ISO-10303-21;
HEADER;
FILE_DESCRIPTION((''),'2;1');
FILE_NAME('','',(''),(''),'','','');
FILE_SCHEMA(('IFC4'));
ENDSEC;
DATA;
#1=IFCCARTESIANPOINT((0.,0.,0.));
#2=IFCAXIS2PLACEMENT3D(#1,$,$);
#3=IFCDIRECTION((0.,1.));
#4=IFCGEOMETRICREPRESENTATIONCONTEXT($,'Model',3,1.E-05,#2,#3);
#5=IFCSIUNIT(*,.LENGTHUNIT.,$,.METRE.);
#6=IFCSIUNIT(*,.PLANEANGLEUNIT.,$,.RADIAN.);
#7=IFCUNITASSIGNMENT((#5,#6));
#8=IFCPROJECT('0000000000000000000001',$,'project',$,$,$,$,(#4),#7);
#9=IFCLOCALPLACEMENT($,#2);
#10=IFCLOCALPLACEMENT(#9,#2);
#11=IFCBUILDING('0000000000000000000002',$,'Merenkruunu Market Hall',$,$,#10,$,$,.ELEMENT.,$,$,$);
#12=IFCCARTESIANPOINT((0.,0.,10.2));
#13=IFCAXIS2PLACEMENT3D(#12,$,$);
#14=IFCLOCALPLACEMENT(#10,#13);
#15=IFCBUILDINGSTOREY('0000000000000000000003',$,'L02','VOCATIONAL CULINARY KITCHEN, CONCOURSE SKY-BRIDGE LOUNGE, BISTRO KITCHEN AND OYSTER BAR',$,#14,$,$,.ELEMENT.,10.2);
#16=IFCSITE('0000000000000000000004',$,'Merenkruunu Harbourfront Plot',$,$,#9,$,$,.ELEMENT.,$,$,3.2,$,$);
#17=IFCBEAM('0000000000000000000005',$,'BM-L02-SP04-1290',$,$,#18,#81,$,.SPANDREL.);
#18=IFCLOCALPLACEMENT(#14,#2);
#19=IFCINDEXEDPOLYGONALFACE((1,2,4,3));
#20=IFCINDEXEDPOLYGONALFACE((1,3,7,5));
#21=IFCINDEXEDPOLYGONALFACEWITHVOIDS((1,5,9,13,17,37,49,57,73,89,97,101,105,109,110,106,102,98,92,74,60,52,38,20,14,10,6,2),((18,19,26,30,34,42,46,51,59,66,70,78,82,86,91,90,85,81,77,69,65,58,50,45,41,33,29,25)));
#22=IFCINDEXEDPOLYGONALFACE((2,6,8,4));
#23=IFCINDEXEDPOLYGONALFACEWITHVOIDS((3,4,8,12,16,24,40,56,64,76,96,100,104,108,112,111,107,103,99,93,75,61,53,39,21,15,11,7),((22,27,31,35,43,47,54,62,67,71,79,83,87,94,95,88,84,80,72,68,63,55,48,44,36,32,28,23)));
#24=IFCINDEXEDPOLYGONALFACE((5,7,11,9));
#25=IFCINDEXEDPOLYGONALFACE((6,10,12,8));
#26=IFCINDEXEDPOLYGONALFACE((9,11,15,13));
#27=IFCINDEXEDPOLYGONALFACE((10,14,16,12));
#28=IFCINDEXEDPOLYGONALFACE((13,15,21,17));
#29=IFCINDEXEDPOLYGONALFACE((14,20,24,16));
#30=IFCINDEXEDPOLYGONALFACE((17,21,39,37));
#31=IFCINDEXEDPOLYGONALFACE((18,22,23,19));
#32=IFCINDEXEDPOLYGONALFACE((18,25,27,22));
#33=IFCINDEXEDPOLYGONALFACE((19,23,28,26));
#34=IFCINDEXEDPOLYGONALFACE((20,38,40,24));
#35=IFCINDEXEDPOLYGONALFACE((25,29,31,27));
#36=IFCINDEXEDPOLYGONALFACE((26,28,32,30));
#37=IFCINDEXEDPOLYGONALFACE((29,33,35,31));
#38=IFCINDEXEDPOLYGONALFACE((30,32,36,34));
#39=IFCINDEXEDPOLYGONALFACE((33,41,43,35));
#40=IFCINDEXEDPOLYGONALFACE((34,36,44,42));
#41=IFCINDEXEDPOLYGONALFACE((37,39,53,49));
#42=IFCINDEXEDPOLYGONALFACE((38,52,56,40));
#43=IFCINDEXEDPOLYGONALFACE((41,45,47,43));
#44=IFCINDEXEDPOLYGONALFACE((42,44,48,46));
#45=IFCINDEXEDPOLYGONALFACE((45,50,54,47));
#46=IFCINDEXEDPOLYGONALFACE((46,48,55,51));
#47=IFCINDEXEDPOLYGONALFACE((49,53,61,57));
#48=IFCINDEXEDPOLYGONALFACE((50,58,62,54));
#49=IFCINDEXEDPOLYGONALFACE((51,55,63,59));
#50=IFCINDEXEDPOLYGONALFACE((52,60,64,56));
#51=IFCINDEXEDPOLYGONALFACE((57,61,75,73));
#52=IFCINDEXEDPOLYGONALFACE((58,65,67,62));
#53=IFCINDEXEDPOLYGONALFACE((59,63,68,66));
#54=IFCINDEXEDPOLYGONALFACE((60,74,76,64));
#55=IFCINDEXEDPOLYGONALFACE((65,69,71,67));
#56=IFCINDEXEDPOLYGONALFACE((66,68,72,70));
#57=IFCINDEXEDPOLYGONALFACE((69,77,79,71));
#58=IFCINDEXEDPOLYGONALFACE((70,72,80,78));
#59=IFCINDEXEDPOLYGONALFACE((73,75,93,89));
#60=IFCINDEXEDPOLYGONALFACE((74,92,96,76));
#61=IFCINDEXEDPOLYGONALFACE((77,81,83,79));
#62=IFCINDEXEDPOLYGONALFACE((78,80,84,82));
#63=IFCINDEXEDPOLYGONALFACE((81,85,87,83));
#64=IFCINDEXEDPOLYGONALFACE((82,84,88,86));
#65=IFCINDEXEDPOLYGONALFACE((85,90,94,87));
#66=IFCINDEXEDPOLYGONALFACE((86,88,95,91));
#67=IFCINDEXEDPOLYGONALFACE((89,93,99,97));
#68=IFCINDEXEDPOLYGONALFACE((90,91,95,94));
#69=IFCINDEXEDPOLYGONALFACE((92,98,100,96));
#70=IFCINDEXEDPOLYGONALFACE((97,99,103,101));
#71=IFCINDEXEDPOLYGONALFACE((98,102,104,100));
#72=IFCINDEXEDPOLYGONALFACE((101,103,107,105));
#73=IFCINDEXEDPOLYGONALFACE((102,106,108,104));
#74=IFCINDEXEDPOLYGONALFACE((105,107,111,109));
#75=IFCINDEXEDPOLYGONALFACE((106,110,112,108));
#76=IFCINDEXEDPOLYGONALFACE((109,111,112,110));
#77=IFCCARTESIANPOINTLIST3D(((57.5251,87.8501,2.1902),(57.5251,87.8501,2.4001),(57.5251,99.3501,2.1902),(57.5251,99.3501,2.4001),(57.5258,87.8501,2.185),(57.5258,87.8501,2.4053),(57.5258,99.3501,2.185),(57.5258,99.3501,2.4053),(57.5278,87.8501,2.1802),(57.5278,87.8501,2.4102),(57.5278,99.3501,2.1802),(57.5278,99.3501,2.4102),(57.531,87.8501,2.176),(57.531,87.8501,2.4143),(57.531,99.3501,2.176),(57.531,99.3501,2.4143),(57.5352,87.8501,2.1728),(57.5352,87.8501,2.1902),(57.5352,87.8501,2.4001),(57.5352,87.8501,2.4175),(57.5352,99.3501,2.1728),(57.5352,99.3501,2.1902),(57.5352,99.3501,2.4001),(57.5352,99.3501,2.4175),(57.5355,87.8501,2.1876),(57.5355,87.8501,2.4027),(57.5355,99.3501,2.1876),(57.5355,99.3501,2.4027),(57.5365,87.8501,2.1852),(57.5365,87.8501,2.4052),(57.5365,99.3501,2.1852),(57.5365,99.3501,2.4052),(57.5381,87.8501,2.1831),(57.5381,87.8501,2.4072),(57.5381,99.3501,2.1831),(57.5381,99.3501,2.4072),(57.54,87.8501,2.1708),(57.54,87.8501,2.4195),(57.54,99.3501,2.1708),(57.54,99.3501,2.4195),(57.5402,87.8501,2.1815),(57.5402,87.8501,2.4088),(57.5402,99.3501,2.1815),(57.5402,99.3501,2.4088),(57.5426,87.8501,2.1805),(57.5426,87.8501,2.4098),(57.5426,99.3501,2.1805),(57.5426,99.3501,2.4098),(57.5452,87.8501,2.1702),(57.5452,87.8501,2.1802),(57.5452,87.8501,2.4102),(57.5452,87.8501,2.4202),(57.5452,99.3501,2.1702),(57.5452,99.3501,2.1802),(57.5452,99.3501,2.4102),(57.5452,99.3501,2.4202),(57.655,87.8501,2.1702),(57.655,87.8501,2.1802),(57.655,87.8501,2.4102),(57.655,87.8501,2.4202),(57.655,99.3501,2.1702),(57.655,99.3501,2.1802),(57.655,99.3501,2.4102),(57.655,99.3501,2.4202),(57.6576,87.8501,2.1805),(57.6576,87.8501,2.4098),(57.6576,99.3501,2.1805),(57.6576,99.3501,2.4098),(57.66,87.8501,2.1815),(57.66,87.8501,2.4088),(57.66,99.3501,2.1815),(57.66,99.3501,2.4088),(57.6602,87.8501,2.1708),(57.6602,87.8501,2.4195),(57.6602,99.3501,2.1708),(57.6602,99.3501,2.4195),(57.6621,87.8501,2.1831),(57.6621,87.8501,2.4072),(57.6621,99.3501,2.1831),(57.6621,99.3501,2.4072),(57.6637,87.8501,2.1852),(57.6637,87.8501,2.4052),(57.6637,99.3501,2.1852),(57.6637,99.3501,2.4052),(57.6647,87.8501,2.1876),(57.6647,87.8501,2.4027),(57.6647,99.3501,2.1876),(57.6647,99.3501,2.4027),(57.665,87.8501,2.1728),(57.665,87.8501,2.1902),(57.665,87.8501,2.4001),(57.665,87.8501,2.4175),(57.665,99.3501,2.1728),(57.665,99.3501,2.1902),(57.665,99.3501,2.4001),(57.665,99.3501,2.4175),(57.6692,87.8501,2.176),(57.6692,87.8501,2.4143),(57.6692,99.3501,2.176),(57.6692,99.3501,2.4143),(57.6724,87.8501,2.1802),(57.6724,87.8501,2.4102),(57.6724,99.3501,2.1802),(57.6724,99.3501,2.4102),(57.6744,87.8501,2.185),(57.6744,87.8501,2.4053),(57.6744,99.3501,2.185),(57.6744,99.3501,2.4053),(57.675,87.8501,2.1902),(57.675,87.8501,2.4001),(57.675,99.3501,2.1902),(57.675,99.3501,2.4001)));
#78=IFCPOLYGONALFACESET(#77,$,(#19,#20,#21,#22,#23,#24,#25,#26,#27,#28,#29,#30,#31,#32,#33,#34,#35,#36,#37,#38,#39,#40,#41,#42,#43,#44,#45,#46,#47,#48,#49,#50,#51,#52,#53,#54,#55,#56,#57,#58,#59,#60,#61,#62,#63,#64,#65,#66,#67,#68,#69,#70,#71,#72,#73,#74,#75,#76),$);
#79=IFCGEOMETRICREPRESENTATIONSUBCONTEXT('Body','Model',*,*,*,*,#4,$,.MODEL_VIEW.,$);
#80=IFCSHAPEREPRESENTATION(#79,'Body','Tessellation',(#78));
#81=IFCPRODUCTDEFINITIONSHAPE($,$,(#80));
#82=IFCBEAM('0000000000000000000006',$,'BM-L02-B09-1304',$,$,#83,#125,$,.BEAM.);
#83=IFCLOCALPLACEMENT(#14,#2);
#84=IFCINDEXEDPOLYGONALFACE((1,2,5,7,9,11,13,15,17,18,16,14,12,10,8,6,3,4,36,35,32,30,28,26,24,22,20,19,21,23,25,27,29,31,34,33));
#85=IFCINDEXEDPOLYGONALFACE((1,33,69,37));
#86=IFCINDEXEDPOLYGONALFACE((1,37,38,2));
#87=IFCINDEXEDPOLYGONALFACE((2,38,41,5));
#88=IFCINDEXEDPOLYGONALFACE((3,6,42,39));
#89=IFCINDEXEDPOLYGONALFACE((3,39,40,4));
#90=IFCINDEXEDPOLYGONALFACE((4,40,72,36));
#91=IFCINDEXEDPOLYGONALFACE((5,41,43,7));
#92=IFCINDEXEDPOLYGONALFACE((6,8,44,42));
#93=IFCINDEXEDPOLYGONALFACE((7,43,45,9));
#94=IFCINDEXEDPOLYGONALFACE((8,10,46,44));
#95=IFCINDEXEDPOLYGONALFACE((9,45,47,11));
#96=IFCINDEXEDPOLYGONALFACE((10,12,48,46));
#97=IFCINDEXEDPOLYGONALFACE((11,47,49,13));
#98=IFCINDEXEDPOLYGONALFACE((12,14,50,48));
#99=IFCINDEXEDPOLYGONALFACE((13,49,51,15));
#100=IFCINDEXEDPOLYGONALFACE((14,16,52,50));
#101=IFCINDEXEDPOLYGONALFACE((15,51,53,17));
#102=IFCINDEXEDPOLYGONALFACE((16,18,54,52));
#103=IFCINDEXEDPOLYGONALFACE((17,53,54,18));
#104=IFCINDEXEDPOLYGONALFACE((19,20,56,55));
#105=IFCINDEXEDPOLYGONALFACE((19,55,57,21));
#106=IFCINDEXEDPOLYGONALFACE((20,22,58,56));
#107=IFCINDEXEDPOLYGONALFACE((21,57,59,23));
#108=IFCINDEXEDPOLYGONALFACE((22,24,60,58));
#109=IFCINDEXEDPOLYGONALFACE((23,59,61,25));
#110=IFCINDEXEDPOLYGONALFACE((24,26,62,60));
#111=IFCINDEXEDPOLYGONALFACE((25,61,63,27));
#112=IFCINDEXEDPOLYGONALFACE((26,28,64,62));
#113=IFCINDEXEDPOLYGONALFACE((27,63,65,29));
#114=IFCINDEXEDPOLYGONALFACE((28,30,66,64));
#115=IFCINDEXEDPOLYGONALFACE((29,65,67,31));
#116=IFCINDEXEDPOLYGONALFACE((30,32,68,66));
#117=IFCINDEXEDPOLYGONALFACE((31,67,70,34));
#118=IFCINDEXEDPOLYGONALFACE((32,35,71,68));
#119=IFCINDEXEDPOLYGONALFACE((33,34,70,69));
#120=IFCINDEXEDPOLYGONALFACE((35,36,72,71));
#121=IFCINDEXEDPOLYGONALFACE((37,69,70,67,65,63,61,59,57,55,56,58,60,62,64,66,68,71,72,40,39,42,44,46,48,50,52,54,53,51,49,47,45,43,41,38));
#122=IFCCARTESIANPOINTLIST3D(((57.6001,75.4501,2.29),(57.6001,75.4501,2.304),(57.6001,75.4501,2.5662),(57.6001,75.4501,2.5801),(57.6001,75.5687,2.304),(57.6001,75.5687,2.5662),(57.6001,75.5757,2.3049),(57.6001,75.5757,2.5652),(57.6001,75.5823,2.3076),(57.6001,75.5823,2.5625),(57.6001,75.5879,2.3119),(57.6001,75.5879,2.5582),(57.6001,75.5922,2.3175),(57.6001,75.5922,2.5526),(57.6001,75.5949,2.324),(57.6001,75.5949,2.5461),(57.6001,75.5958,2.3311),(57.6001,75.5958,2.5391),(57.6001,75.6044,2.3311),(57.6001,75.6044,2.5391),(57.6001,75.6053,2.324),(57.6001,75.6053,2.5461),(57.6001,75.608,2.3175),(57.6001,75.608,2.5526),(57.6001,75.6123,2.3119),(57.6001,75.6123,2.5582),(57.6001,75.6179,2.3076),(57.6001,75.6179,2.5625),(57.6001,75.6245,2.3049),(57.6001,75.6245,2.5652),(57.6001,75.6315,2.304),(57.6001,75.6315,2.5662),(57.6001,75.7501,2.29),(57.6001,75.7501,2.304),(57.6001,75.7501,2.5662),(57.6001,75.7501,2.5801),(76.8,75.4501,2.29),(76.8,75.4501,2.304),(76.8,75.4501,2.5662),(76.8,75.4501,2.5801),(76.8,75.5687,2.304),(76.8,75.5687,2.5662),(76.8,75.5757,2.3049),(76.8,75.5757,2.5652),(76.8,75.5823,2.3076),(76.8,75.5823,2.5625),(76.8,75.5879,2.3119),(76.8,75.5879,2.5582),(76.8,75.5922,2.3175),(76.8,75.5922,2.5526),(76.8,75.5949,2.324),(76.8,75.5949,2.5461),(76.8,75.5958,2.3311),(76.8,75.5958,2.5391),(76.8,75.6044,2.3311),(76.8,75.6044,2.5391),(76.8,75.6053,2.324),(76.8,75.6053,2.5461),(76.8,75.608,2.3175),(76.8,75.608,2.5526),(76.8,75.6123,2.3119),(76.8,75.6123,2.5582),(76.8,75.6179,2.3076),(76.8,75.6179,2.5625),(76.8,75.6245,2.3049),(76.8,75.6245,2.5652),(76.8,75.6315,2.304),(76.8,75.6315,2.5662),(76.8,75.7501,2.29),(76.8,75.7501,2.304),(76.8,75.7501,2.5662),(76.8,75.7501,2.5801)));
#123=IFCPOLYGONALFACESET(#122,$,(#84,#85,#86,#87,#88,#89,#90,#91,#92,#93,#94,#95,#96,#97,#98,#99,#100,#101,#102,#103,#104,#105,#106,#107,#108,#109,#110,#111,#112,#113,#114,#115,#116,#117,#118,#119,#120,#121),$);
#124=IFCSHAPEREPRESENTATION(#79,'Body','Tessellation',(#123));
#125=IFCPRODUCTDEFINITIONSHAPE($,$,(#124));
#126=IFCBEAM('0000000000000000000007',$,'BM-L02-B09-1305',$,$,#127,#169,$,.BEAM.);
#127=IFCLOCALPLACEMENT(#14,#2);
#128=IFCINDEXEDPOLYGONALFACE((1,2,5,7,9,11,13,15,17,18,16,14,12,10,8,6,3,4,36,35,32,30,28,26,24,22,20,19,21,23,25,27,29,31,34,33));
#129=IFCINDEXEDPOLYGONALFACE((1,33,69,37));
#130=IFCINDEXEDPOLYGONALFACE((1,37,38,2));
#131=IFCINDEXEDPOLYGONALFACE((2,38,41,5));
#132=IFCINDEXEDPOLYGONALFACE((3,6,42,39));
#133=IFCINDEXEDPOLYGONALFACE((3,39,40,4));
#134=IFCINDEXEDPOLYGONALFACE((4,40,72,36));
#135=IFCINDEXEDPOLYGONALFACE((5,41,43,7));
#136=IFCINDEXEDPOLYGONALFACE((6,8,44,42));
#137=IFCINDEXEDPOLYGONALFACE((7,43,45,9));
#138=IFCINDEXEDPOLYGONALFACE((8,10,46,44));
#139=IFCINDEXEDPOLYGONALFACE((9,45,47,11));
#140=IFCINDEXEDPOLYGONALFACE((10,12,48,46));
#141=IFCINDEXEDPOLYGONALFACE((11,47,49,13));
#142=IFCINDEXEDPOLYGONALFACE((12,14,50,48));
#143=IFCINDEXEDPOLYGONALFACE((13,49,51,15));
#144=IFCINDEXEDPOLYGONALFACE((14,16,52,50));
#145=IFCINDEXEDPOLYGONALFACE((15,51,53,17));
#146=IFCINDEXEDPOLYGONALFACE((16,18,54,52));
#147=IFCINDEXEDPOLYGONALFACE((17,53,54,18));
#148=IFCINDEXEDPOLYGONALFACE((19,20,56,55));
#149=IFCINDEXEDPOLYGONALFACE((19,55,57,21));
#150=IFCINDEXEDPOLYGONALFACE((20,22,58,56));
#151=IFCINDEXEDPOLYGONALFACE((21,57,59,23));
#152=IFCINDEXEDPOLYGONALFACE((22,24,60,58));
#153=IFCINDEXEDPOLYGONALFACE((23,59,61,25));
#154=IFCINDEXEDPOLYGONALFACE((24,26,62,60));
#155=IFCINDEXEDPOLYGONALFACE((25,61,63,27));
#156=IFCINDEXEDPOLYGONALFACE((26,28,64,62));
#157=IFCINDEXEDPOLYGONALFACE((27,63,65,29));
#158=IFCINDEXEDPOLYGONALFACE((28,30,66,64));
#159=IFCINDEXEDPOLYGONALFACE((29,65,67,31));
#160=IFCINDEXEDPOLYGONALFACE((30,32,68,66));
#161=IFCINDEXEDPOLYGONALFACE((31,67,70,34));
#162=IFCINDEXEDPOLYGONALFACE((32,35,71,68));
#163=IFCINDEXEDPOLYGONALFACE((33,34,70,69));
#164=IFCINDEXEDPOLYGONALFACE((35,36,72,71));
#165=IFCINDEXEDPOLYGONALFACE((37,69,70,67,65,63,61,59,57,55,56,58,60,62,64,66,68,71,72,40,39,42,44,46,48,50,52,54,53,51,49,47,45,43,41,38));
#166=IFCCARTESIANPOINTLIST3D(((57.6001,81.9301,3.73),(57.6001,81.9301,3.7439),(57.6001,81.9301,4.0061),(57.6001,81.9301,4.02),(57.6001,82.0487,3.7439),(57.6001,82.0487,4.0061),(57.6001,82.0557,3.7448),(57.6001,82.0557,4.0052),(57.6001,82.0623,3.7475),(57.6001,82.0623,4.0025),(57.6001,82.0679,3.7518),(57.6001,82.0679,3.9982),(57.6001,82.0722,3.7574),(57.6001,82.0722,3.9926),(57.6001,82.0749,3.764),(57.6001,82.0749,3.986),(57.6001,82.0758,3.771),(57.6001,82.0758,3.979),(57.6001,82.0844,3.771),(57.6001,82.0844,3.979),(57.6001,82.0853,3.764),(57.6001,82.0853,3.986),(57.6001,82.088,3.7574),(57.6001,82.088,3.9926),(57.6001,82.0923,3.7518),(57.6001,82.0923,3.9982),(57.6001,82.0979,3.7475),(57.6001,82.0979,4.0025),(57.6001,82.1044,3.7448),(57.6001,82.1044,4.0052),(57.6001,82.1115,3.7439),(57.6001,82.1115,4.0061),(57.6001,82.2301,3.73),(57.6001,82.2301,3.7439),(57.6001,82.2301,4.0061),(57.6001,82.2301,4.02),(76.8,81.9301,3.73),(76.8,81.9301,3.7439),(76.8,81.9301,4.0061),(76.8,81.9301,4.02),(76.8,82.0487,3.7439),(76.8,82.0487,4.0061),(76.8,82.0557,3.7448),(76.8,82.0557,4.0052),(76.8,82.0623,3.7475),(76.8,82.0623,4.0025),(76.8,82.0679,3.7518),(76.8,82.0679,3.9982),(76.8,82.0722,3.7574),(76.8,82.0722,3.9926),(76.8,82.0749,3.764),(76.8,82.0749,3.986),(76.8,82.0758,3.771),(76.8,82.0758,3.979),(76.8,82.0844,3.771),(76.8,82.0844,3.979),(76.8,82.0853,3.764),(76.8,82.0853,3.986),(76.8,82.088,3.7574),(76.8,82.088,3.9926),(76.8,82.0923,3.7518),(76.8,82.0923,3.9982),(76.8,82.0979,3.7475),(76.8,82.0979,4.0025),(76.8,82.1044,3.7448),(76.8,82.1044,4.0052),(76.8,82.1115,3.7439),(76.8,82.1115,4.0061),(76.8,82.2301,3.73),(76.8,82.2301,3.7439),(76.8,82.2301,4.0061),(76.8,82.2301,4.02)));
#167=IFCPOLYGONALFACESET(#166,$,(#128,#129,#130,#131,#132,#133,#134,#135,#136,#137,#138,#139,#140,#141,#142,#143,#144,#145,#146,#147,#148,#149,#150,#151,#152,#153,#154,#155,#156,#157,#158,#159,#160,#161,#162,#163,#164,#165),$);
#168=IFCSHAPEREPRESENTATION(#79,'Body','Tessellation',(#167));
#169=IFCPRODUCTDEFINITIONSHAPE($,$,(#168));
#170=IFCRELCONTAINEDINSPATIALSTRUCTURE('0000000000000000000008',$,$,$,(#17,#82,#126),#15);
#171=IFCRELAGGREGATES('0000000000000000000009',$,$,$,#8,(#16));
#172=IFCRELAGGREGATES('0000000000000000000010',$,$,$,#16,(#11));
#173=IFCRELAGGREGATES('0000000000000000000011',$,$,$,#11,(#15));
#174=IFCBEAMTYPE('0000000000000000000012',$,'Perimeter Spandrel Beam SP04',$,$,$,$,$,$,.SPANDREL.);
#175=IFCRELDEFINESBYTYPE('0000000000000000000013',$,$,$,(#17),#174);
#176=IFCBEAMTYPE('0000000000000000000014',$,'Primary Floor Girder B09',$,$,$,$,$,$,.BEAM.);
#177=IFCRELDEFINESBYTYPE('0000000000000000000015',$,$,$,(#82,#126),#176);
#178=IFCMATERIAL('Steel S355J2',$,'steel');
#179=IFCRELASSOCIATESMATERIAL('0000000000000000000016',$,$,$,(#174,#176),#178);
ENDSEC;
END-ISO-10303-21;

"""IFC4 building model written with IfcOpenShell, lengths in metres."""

from ifc_helpers import new_model, si_unit, direction, frame, origin, origin_2d, place, context, subcontext, project, spatial, hollow_rectangle, i_section, extrude, material, material_profile, profile_set, type_object, element, save


model = new_model("IFC4")

# Units and contexts
model_context = context("Model", 3, precision=1e-05, world=origin(), true_north=direction((0.0, 1.0)))
body_context = subcontext(model_context, "Body", "Model", "MODEL_VIEW")
ifc_project = project(units=[si_unit("LENGTHUNIT", "METRE"), si_unit("PLANEANGLEUNIT", "RADIAN")], contexts=[model_context])

# Site, building, storey
site_placement = place(None, origin())
site = spatial("IfcSite", under=ifc_project, at=site_placement, Name="Merenkruunu Harbourfront Plot", CompositionType="ELEMENT", RefElevation=3.2)
building_placement = place(site_placement, origin())
building = spatial("IfcBuilding", under=site, at=building_placement, Name="Merenkruunu Market Hall", CompositionType="ELEMENT")
storey_placement = place(building_placement, frame((0.0, 0.0, 10.2)))
storey = spatial("IfcBuildingStorey", under=building, at=storey_placement, Name="L02", Description="VOCATIONAL CULINARY KITCHEN, CONCOURSE SKY-BRIDGE LOUNGE, BISTRO KITCHEN AND OYSTER BAR", CompositionType="ELEMENT", Elevation=10.2)

# Beams
ifc_material_1 = material(Name="Steel S355J2", Category="steel")
ifc_material_profile_1 = material_profile(ifc_material_1, hollow_rectangle(XDim=0.1499, YDim=0.25, WallThickness=0.01, InnerFilletRadius=0.01, OuterFilletRadius=0.02, at=origin_2d()), Name="RHS 250x150x10")
ifc_profile_set_1 = profile_set([ifc_material_profile_1], Name="Steel S355J2")
beam_type_1 = type_object("IfcBeamType", Name="Perimeter Spandrel Beam SP04", PredefinedType="SPANDREL", material=ifc_profile_set_1)
for number, where, z_axis, x_axis, name in (
    (1, (57.6001, 87.8501, 2.2952), (0.0, 1.0, 0.0), (-1.0, 0.0, 0.0), "BM-L02-SP04-1290"),
):
    element("IfcBeam", number, at=place(storey_placement, frame(where, z_axis=z_axis, x_axis=x_axis)), inside=storey, type_object=beam_type_1, Name=name, PredefinedType="SPANDREL", context=body_context, shape_type="SweptSolid", body=[
        extrude(hollow_rectangle(XDim=0.1499, YDim=0.25, WallThickness=0.01, InnerFilletRadius=0.01, OuterFilletRadius=0.02, at=origin_2d()), origin(), (0.0, 0.0, 1.0), 11.5),
    ])
ifc_material_profile_2 = material_profile(ifc_material_1, i_section(OverallWidth=0.3, OverallDepth=0.29, WebThickness=0.0085, FlangeThickness=0.0139, FilletRadius=0.0271, at=origin_2d()), Name="HEA 300")
ifc_profile_set_2 = profile_set([ifc_material_profile_2], Name="Steel S355J2")
beam_type_2 = type_object("IfcBeamType", Name="Primary Floor Girder B09", PredefinedType="BEAM", material=ifc_profile_set_2)
for number, where, z_axis, x_axis, name in (
    (2, (57.6001, 75.6001, 2.4351), (1.0, 0.0, 0.0), (0.0, 1.0, 0.0), "BM-L02-B09-1304"),
    (3, (57.6001, 82.0801, 3.875), (1.0, 0.0, 0.0), (0.0, 1.0, 0.0), "BM-L02-B09-1305"),
):
    element("IfcBeam", number, at=place(storey_placement, frame(where, z_axis=z_axis, x_axis=x_axis)), inside=storey, type_object=beam_type_2, Name=name, PredefinedType="BEAM", context=body_context, shape_type="SweptSolid", body=[
        extrude(i_section(OverallWidth=0.3, OverallDepth=0.29, WebThickness=0.0085, FlangeThickness=0.0139, FilletRadius=0.0271, at=origin_2d()), origin(), (0.0, 0.0, 1.0), 19.2),
    ])

save(model, "model.ifc")
